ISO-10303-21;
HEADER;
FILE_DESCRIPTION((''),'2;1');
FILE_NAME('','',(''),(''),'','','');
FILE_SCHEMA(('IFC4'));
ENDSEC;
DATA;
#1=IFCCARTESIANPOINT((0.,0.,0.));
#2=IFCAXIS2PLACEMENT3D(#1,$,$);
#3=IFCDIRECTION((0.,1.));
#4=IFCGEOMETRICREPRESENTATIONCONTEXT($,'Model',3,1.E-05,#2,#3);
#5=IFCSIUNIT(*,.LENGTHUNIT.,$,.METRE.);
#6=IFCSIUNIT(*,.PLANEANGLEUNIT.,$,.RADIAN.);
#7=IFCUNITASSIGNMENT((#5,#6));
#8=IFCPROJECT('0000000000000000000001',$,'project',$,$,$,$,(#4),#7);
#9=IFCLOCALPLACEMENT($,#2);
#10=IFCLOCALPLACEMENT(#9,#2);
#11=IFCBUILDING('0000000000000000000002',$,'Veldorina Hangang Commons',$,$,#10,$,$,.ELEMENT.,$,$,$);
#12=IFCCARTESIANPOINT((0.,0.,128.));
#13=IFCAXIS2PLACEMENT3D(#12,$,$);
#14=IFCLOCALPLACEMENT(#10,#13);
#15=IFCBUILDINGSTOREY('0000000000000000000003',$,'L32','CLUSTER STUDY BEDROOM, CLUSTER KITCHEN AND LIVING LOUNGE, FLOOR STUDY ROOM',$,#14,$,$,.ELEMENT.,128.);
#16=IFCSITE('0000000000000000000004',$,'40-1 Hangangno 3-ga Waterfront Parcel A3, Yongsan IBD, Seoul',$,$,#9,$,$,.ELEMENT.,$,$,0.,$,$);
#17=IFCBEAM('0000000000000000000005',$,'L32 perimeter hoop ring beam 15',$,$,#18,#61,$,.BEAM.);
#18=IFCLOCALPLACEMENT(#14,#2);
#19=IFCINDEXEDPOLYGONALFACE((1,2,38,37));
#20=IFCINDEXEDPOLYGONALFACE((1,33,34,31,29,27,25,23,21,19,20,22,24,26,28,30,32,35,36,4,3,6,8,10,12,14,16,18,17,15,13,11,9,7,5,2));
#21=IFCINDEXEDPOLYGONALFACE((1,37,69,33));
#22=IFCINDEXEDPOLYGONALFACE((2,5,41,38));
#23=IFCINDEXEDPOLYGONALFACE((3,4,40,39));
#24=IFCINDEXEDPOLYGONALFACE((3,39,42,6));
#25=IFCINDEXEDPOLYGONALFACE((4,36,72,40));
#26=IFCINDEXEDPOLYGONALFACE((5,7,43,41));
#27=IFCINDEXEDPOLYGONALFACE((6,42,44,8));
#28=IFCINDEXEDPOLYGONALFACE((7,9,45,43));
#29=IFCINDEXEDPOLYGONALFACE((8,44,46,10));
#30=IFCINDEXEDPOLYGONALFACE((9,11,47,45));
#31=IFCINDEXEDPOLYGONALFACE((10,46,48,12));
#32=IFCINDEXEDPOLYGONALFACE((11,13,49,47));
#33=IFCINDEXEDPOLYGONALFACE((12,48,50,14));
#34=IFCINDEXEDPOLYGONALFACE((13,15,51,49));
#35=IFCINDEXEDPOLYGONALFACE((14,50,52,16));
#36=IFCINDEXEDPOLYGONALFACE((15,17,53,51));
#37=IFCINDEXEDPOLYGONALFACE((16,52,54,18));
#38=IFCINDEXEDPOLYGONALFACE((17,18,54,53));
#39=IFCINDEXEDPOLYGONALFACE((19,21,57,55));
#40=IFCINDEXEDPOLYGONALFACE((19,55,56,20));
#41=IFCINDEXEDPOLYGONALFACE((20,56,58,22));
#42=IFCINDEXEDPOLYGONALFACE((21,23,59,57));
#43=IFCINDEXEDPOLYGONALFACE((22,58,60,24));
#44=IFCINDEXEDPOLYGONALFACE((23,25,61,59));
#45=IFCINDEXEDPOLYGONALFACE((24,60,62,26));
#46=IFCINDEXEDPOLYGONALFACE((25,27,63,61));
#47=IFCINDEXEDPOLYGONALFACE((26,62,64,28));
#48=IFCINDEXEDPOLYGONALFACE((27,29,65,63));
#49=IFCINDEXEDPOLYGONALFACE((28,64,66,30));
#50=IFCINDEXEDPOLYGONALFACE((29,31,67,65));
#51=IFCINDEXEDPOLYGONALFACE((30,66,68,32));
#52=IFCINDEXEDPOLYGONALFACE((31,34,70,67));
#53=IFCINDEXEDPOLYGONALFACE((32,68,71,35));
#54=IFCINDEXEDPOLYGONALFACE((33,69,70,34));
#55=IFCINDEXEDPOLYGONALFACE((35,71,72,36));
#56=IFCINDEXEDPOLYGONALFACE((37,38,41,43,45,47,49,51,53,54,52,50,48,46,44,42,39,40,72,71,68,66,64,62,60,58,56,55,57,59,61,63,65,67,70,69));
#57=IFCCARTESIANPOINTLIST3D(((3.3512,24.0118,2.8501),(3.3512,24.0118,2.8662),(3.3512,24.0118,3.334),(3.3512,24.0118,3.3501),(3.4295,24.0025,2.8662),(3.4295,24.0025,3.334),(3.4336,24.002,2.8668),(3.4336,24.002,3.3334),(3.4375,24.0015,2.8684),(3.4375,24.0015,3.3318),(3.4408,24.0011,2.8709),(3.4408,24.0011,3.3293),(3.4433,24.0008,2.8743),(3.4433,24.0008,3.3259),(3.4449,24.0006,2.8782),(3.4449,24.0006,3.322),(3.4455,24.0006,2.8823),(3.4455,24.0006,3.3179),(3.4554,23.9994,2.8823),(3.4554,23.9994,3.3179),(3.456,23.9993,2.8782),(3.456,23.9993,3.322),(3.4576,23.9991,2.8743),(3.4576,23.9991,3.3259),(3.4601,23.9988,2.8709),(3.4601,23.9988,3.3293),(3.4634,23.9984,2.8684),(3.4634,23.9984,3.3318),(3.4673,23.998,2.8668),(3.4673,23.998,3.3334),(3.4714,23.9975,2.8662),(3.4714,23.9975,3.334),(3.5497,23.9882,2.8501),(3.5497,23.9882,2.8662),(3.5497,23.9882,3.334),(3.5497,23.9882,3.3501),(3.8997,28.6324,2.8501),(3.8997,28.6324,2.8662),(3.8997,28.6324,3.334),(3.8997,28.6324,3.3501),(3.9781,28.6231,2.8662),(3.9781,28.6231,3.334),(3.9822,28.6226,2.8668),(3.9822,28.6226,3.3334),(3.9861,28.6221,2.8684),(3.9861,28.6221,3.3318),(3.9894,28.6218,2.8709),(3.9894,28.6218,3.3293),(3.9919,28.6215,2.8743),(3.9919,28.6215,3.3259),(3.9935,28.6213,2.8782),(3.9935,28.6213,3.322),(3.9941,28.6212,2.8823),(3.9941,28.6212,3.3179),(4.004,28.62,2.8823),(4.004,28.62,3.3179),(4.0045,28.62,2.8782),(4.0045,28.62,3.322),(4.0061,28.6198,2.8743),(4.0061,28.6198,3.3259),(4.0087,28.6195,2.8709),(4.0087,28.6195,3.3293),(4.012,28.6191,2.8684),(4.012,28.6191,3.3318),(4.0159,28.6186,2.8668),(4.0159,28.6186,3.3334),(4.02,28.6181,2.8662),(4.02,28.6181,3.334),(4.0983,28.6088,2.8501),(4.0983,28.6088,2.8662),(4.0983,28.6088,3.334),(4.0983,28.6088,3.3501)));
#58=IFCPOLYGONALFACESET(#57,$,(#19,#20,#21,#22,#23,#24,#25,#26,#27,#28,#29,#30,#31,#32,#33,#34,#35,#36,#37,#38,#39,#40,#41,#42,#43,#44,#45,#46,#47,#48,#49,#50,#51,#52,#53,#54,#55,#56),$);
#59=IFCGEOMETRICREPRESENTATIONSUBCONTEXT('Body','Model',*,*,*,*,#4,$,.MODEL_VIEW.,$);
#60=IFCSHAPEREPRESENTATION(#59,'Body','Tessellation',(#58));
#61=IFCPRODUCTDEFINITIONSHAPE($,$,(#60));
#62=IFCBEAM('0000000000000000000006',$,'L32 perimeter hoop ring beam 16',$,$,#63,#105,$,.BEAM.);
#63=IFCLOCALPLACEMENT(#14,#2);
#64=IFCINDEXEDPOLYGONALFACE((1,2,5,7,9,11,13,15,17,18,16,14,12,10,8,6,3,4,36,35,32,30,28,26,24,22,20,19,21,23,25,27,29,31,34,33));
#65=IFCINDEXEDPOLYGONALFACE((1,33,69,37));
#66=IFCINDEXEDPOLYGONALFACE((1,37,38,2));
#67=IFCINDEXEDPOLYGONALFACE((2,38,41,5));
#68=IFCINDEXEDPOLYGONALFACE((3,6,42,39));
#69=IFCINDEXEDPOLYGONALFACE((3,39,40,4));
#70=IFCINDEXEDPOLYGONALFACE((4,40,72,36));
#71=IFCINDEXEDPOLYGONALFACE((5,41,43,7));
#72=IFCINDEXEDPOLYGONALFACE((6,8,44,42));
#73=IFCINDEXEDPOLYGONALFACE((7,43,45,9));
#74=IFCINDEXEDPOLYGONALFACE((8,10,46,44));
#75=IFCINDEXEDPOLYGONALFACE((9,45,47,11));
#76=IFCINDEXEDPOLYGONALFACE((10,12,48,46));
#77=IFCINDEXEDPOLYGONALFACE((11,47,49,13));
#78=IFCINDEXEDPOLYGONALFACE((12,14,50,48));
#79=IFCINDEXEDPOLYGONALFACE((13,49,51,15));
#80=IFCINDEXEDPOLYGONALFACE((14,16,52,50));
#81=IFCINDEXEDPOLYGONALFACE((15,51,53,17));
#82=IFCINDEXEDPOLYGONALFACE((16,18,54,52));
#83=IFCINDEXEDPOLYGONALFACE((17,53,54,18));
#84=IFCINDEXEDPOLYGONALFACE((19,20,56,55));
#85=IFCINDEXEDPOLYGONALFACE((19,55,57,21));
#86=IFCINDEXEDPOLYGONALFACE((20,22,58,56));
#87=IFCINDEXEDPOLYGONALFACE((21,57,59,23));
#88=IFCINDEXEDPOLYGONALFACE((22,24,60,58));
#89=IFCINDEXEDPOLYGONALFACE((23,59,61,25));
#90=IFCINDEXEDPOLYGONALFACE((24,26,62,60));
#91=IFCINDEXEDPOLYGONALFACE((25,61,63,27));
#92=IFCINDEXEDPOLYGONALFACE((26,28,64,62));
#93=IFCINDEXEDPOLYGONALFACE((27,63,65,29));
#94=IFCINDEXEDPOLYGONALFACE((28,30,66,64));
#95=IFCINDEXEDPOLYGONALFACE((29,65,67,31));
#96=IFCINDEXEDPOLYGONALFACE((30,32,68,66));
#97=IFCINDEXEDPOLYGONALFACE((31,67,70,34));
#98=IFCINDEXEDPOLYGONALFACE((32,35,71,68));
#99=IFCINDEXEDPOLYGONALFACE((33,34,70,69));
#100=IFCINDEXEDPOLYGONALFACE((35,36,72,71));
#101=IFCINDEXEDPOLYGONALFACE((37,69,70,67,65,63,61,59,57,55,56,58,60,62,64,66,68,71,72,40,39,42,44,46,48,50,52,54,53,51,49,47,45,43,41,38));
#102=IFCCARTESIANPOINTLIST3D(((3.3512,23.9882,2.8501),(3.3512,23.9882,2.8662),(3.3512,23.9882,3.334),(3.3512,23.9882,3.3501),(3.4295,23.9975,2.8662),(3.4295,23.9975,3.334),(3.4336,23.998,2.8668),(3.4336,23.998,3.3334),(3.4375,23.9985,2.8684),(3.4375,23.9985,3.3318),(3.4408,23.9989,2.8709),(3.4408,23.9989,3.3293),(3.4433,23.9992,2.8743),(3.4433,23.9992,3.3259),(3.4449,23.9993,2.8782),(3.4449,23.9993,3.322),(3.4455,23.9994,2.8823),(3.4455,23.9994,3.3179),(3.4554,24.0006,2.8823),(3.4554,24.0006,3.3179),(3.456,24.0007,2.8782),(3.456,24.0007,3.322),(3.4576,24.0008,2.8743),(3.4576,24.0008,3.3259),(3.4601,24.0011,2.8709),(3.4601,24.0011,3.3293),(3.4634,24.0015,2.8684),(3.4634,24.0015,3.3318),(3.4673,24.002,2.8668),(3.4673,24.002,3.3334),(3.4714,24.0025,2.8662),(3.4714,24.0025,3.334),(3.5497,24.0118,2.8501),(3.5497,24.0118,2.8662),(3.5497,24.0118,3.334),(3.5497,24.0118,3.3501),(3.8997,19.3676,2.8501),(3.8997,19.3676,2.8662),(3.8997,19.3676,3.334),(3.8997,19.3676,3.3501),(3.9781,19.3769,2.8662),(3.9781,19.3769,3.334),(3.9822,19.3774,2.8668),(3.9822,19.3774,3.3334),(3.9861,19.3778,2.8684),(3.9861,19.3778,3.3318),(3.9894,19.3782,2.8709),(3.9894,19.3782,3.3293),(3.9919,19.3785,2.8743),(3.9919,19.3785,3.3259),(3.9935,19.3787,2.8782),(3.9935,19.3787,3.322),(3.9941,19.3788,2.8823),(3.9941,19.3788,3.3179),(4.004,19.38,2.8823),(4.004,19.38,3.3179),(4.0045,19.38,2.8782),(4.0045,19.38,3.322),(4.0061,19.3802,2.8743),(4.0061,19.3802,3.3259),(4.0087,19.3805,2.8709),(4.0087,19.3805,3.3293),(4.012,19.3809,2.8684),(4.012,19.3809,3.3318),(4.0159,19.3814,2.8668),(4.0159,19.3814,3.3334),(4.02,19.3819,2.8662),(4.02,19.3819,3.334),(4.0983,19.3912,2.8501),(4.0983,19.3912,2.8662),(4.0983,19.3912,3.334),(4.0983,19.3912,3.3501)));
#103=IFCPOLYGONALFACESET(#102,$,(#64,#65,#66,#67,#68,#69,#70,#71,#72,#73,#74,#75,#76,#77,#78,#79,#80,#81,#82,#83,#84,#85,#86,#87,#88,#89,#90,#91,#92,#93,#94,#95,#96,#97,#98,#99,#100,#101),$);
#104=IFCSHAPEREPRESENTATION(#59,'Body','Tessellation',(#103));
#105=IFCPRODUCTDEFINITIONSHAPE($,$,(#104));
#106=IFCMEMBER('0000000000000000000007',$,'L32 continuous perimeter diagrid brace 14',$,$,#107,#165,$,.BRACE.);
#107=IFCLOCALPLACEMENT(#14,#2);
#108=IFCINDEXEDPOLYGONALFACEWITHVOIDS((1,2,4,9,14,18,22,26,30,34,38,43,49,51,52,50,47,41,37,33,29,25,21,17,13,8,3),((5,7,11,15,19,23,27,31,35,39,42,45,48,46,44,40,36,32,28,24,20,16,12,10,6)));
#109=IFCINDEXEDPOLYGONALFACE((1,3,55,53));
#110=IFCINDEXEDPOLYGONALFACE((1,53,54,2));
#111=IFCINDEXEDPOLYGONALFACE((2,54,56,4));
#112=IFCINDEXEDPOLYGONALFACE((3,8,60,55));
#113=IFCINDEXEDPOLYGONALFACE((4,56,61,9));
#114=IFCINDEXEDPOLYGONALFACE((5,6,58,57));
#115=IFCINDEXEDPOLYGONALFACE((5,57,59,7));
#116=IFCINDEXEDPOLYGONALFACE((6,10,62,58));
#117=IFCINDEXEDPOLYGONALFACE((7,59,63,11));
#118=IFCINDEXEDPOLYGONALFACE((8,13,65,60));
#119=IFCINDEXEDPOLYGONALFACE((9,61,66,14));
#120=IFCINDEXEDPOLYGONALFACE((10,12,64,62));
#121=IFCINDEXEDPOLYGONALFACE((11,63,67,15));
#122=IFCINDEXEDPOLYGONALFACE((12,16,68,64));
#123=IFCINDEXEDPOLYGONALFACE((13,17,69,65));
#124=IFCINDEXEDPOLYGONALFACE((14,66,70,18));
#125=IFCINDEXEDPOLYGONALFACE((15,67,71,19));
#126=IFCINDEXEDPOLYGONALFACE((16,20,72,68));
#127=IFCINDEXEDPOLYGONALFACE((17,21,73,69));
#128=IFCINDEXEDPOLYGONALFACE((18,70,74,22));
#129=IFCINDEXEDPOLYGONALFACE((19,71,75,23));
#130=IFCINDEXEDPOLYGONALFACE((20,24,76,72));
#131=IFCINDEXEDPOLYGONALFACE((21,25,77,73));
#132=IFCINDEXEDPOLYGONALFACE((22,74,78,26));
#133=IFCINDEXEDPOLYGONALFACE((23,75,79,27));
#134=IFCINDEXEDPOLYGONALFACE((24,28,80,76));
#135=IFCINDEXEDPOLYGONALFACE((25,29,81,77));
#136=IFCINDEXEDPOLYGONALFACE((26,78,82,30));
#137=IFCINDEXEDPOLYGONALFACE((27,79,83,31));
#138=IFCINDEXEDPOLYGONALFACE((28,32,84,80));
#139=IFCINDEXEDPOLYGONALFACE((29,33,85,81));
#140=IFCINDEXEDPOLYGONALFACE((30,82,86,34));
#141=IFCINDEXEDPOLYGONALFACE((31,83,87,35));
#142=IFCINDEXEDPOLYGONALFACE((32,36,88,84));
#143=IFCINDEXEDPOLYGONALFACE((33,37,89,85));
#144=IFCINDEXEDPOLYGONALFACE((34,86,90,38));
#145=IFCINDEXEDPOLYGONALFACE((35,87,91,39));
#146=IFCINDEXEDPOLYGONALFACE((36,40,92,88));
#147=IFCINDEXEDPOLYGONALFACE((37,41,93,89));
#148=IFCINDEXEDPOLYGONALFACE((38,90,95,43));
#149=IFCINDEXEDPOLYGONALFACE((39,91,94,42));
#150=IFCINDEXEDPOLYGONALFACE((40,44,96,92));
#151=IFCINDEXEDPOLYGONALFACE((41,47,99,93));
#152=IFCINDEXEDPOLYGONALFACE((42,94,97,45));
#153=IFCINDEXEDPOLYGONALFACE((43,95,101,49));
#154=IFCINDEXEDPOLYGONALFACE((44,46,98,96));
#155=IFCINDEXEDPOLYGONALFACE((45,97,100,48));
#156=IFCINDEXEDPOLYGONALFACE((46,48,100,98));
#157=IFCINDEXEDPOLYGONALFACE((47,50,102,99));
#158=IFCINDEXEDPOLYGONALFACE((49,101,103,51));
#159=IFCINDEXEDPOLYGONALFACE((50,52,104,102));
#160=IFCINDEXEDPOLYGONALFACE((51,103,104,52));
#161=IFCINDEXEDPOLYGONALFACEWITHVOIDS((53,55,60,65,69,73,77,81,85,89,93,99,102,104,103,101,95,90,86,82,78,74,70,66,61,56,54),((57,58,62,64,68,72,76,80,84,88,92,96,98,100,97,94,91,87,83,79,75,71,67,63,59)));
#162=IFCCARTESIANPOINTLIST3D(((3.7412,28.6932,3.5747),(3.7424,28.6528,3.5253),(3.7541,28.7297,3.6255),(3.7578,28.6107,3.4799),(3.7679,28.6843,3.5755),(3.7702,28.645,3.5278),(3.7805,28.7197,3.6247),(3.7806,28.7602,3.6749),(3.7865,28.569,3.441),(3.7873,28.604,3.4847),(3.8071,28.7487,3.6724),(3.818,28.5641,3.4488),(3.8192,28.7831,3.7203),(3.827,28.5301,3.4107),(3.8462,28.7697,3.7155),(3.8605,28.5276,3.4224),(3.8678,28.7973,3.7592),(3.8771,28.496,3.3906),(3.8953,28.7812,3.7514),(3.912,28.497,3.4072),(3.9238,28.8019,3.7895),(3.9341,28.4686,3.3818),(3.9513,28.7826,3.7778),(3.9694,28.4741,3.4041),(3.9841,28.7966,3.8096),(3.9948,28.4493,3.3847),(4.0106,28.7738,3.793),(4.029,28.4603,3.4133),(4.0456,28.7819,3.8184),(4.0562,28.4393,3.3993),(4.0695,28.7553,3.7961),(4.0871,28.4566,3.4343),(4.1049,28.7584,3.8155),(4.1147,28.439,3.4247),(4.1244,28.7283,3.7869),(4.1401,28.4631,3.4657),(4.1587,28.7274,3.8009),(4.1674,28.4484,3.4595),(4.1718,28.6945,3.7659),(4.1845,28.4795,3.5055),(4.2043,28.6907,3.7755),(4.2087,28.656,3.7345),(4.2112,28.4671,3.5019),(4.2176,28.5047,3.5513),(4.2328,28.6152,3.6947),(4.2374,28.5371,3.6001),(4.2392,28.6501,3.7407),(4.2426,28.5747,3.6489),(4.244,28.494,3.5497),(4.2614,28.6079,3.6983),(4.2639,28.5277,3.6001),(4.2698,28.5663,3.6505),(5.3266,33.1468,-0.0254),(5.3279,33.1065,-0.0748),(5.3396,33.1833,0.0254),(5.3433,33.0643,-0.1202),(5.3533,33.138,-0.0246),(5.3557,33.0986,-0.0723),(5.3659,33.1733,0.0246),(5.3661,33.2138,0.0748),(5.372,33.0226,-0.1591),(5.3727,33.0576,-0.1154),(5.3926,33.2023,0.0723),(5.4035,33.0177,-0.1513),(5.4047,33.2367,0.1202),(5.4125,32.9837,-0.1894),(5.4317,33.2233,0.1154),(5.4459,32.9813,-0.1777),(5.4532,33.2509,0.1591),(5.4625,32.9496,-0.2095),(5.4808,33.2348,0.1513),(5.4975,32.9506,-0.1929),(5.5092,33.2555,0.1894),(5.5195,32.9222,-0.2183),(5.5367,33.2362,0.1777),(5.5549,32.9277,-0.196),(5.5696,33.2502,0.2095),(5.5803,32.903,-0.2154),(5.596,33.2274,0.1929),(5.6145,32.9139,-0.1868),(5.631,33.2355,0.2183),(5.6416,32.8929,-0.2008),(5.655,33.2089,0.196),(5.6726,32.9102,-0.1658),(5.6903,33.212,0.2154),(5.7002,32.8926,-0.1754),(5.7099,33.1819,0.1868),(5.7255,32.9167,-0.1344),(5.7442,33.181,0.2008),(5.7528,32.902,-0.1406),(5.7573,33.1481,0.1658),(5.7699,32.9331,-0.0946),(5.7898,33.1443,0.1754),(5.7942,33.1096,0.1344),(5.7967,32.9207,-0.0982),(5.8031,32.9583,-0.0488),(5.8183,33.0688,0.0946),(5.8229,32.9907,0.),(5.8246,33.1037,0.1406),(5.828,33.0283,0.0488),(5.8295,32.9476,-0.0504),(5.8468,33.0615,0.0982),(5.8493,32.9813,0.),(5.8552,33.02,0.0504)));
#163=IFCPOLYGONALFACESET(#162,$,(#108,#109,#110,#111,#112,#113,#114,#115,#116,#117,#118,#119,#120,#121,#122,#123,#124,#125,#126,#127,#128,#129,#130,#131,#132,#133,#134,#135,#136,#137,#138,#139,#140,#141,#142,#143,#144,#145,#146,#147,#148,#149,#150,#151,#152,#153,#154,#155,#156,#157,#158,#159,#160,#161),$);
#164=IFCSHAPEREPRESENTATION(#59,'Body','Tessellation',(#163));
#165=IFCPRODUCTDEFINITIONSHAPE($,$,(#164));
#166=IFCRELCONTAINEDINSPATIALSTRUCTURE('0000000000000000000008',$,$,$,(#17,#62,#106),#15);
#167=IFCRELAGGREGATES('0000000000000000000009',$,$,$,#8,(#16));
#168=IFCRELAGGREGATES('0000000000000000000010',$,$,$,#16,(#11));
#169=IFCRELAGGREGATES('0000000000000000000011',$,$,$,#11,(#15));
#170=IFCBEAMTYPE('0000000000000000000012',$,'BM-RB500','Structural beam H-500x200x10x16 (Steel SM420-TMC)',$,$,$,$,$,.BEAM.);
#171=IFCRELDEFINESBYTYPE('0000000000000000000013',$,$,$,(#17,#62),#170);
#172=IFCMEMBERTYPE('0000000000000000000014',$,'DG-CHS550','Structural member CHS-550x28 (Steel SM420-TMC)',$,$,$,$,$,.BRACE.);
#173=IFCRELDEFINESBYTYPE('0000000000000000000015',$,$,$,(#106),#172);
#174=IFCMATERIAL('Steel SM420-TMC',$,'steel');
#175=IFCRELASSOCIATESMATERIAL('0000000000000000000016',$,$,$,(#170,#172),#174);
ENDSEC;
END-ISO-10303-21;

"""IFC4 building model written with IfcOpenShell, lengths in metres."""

from ifc_helpers import new_model, si_unit, direction, frame, origin, origin_2d, place, context, subcontext, project, spatial, hollow_circle, i_section, extrude, material, material_profile, profile_set, type_object, element, save


model = new_model("IFC4")

# Units and contexts
model_context = context("Model", 3, precision=1e-05, world=origin(), true_north=direction((0.0, 1.0)))
body_context = subcontext(model_context, "Body", "Model", "MODEL_VIEW")
ifc_project = project(units=[si_unit("LENGTHUNIT", "METRE"), si_unit("PLANEANGLEUNIT", "RADIAN")], contexts=[model_context])

# Site, building, storey
site_placement = place(None, origin())
site = spatial("IfcSite", under=ifc_project, at=site_placement, Name="40-1 Hangangno 3-ga Waterfront Parcel A3, Yongsan IBD, Seoul", CompositionType="ELEMENT", RefElevation=0.0)
building_placement = place(site_placement, origin())
building = spatial("IfcBuilding", under=site, at=building_placement, Name="Veldorina Hangang Commons", CompositionType="ELEMENT")
storey_placement = place(building_placement, frame((0.0, 0.0, 128.0)))
storey = spatial("IfcBuildingStorey", under=building, at=storey_placement, Name="L32", Description="CLUSTER STUDY BEDROOM, CLUSTER KITCHEN AND LIVING LOUNGE, FLOOR STUDY ROOM", CompositionType="ELEMENT", Elevation=128.0)

# Beams
ifc_material_1 = material(Name="Steel SM420-TMC", Category="steel")
ifc_material_profile_1 = material_profile(ifc_material_1, i_section(OverallWidth=0.2, OverallDepth=0.5, WebThickness=0.01, FlangeThickness=0.0161, FilletRadius=0.0161, at=origin_2d()), Name="H-500x200x10x16")
ifc_profile_set_1 = profile_set([ifc_material_profile_1], Name="Steel SM420-TMC")
beam_type_1 = type_object("IfcBeamType", Name="BM-RB500", Description="Structural beam H-500x200x10x16 (Steel SM420-TMC)", PredefinedType="BEAM", material=ifc_profile_set_1)
for number, where, z_axis, x_axis, name in (
    (1, (3.999, 28.6206, 3.1001), (-0.117898, -0.993026, 0.0), (0.993026, -0.117898, 0.0), "L32 perimeter hoop ring beam 15"),
    (2, (3.4504, 24.0, 3.1001), (0.117898, -0.993026, 0.0), (0.993026, 0.117898, 0.0), "L32 perimeter hoop ring beam 16"),
):
    element("IfcBeam", number, at=place(storey_placement, frame(where, z_axis=z_axis, x_axis=x_axis)), inside=storey, type_object=beam_type_1, Name=name, PredefinedType="BEAM", context=body_context, shape_type="SweptSolid", body=[
        extrude(i_section(OverallWidth=0.2, OverallDepth=0.5, WebThickness=0.01, FlangeThickness=0.0161, FilletRadius=0.0161, at=origin_2d()), origin(), (0.0, 0.0, 1.0), 4.6531),
    ])

# Member
ifc_material_profile_2 = material_profile(ifc_material_1, hollow_circle(Radius=0.2749, WallThickness=0.0281, at=origin_2d()), Name="CHS-550x28")
ifc_profile_set_2 = profile_set([ifc_material_profile_2], Name="Steel SM420-TMC")
member_type = type_object("IfcMemberType", Name="DG-CHS550", Description="Structural member CHS-550x28 (Steel SM420-TMC)", PredefinedType="BRACE", material=ifc_profile_set_2)
member_1_placement = place(storey_placement, frame((5.5903, 33.0735, 0.0), z_axis=(-0.266815, -0.749497, 0.605859), x_axis=(0.942085, -0.335374, 0.0)))
element("IfcMember", 3, at=member_1_placement, inside=storey, type_object=member_type, Name="L32 continuous perimeter diagrid brace 14", PredefinedType="BRACE", context=body_context, shape_type="SweptSolid", body=[
    extrude(hollow_circle(Radius=0.2749, WallThickness=0.0281, at=origin_2d()), origin(), (0.0, 0.0, 1.0), 5.9421),
])

save(model, "model.ifc")
